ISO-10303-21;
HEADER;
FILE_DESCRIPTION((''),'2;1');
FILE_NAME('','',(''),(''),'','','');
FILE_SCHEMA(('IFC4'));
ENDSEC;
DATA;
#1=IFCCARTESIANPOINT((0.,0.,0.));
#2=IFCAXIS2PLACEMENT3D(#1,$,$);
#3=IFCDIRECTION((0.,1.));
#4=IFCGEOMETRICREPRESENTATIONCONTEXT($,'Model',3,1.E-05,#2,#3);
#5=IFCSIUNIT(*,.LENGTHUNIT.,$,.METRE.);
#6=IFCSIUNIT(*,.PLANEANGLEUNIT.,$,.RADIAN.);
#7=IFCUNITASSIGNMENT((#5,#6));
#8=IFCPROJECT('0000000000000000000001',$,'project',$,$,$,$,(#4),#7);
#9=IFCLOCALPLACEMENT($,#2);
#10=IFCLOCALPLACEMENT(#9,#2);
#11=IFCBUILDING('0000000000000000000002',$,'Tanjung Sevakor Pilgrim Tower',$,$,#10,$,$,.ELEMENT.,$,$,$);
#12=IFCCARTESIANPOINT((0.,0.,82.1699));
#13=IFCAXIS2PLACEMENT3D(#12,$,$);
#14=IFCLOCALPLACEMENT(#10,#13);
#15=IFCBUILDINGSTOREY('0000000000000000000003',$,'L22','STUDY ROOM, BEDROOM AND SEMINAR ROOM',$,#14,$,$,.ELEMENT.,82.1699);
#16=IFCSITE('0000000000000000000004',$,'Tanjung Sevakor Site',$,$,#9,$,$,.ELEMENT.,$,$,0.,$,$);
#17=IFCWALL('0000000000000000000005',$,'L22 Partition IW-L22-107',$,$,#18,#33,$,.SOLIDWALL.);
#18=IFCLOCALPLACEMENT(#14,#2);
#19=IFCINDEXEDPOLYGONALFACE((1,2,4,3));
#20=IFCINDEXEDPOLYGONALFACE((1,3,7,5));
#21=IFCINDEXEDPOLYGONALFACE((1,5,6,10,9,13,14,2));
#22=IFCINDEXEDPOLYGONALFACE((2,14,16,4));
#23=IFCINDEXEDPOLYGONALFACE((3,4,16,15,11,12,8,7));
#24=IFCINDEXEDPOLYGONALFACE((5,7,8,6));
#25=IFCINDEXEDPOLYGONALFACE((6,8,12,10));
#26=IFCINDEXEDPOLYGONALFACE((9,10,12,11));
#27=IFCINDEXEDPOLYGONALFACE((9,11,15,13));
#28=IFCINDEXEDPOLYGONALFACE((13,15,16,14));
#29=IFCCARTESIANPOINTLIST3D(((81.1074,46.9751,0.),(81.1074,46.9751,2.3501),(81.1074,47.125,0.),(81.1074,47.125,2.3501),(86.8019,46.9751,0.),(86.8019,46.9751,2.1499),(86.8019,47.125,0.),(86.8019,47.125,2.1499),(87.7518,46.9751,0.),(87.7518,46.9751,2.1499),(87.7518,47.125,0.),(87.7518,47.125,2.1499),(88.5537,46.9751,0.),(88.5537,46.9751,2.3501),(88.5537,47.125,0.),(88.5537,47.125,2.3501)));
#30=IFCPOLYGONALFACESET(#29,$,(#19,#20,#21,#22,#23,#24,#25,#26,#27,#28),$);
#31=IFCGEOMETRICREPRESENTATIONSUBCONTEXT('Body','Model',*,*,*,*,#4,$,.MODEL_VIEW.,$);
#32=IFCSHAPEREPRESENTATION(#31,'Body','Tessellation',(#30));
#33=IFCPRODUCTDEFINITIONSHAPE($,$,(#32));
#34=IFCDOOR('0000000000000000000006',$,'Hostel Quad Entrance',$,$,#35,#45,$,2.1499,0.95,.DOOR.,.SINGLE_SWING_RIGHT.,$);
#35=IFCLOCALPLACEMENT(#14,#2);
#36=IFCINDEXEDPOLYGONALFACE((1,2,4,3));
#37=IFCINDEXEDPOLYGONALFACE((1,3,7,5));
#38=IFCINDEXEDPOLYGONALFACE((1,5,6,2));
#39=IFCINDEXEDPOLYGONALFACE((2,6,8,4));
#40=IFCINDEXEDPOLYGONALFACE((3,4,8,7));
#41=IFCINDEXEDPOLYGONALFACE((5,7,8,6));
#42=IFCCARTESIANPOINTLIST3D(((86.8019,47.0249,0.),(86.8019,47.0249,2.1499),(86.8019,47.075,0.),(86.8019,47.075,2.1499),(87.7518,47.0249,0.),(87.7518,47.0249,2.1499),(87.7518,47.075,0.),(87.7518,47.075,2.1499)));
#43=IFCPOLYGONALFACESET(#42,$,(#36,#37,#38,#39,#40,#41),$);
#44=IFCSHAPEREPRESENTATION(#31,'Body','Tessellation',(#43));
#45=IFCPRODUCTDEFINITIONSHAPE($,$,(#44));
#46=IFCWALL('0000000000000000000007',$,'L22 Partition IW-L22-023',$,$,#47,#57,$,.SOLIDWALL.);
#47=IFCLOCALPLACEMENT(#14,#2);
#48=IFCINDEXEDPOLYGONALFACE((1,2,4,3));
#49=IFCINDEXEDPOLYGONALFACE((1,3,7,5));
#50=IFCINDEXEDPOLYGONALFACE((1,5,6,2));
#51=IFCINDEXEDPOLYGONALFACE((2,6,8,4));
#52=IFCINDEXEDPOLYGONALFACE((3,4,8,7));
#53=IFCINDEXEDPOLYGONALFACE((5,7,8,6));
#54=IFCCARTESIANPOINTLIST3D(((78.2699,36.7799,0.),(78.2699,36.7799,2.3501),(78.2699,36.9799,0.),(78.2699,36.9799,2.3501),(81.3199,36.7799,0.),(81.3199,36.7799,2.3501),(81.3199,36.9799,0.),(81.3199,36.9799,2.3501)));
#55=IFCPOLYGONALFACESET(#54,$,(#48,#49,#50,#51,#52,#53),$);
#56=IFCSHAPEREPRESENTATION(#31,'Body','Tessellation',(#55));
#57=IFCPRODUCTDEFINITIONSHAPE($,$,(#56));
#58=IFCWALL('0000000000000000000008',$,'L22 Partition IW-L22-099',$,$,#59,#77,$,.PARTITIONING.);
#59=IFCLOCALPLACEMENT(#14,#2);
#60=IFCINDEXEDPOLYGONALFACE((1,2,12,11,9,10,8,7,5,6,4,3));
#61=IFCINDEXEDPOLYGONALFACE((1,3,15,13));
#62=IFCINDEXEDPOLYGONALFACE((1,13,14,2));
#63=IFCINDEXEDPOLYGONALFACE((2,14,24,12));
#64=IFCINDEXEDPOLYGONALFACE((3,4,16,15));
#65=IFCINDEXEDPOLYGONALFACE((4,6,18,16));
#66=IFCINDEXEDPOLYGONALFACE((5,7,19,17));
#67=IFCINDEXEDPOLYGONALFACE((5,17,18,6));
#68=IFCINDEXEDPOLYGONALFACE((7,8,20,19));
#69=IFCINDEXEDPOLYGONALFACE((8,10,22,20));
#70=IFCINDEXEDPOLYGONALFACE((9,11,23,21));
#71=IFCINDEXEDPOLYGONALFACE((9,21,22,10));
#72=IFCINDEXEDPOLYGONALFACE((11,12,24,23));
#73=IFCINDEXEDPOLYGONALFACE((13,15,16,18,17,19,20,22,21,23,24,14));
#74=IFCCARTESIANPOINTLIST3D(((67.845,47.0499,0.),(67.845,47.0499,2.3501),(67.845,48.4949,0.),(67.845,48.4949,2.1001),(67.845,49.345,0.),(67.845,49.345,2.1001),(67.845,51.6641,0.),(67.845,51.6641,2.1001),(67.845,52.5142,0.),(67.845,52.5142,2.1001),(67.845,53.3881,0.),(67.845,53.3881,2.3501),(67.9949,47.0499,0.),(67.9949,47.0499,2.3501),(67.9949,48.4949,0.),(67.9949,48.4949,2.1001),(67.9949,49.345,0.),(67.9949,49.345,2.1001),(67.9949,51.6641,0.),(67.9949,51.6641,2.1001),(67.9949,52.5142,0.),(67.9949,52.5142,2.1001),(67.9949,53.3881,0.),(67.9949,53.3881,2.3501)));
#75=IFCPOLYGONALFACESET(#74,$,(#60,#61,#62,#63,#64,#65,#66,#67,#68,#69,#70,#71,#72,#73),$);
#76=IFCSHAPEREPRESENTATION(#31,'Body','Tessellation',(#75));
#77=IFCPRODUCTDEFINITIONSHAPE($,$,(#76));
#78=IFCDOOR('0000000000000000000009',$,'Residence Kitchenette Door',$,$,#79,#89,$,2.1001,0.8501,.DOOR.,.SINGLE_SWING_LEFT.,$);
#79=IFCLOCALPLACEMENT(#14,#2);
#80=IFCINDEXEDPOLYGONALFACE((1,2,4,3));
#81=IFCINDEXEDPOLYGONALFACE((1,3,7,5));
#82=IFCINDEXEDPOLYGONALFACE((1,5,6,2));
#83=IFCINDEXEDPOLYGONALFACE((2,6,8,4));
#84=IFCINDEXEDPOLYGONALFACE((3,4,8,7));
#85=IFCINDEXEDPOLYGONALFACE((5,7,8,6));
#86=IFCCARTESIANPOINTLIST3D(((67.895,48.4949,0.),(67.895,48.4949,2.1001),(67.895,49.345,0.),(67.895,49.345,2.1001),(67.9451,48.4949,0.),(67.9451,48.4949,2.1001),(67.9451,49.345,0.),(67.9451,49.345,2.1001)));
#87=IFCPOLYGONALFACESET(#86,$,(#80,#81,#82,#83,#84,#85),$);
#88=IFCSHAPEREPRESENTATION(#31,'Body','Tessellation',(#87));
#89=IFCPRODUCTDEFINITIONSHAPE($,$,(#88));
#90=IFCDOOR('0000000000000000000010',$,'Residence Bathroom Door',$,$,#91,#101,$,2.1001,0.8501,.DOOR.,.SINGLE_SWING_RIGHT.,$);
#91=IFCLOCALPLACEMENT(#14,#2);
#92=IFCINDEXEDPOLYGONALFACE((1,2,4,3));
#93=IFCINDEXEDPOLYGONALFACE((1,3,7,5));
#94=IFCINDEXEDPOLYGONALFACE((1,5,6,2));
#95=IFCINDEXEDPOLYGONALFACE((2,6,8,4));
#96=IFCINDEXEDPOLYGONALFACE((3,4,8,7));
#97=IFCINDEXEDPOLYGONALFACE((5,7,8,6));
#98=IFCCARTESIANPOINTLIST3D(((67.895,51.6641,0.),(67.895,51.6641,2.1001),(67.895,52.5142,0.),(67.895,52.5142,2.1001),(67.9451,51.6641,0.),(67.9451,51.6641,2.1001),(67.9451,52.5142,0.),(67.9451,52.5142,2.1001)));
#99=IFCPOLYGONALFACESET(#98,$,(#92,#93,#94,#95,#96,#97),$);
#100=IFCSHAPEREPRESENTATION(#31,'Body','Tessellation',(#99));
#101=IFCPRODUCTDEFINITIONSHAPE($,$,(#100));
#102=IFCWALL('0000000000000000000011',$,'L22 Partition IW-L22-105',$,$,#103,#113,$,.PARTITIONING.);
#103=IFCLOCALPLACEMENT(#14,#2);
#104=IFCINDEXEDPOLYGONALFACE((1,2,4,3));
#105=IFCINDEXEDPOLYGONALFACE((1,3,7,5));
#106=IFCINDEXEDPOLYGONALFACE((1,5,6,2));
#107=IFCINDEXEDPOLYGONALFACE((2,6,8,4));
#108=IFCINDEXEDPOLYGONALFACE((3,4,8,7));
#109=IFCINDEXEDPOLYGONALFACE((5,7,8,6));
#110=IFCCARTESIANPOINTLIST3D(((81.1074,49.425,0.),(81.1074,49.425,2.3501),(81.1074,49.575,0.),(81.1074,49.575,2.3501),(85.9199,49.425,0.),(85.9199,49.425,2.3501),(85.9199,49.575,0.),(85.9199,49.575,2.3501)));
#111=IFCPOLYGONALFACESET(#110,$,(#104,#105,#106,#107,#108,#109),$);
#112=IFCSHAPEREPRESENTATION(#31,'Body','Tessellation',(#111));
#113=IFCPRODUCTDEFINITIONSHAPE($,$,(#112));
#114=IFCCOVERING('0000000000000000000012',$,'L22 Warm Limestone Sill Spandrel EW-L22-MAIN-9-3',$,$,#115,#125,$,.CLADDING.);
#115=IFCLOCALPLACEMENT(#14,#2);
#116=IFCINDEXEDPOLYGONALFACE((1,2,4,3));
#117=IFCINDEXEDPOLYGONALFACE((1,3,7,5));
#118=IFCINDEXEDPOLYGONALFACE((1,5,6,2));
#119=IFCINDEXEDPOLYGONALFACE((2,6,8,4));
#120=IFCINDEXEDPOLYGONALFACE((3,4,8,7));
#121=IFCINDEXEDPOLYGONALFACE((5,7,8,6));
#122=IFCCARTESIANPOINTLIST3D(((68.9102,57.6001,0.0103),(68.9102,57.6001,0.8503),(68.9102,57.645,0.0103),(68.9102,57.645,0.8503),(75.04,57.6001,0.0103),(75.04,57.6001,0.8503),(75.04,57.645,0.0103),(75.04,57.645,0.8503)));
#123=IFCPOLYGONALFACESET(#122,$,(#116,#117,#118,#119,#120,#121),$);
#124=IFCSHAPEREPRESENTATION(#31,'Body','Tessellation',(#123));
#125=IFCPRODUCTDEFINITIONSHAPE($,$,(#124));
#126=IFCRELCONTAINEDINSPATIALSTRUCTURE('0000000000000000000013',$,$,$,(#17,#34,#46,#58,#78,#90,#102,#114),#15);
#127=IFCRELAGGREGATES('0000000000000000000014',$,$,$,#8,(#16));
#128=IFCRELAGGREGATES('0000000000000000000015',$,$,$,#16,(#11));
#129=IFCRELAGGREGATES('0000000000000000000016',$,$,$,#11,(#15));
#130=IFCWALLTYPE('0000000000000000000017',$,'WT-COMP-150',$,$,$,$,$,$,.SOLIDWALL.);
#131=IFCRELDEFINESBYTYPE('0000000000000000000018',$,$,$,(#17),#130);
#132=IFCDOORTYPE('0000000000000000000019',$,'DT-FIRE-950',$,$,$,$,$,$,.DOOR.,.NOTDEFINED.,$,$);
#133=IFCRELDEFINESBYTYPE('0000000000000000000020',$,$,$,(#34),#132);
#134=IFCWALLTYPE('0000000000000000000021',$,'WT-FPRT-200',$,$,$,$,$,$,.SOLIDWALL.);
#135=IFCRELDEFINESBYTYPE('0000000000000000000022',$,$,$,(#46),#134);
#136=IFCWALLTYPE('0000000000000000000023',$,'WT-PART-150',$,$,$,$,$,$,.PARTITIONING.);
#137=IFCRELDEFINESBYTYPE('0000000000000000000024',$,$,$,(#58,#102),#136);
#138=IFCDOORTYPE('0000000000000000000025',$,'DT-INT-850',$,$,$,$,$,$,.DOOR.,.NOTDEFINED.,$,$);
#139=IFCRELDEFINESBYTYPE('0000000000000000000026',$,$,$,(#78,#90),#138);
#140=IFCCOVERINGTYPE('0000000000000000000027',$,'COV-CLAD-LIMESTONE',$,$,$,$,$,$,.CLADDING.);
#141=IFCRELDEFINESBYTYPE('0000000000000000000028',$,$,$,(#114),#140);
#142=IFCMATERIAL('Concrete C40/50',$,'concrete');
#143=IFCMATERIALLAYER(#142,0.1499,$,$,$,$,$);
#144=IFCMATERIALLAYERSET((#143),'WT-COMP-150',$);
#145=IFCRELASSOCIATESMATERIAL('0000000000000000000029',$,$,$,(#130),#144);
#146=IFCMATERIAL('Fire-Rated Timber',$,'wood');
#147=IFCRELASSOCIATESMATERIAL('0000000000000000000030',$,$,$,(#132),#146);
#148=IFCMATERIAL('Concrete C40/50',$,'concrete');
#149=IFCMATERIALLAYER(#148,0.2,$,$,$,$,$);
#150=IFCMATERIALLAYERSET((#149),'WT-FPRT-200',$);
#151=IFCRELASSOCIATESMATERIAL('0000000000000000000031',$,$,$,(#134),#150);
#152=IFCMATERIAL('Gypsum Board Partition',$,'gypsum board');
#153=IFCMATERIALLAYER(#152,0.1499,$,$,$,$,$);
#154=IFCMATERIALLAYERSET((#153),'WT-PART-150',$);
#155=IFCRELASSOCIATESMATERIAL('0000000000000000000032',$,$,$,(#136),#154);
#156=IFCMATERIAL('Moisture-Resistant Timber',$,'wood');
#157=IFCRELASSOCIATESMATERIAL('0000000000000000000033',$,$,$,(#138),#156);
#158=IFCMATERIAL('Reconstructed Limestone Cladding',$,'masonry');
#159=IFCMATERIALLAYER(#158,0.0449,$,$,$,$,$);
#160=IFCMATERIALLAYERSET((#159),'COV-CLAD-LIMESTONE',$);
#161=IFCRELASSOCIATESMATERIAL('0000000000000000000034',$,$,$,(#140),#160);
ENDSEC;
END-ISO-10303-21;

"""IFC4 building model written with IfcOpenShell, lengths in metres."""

from ifc_helpers import new_model, si_unit, direction, frame, frame_2d, origin, origin_2d, place, context, subcontext, project, spatial, rectangle, extrude, material, layer, layer_set, type_object, element, fill, save


model = new_model("IFC4")

# Units and contexts
model_context = context("Model", 3, precision=1e-05, world=origin(), true_north=direction((0.0, 1.0)))
body_context = subcontext(model_context, "Body", "Model", "MODEL_VIEW")
ifc_project = project(units=[si_unit("LENGTHUNIT", "METRE"), si_unit("PLANEANGLEUNIT", "RADIAN")], contexts=[model_context])

# Site, building, storey
site_placement = place(None, origin())
site = spatial("IfcSite", under=ifc_project, at=site_placement, Name="Tanjung Sevakor Site", CompositionType="ELEMENT", RefElevation=0.0)
building_placement = place(site_placement, origin())
building = spatial("IfcBuilding", under=site, at=building_placement, Name="Tanjung Sevakor Pilgrim Tower", CompositionType="ELEMENT")
storey_placement = place(building_placement, frame((0.0, 0.0, 82.1699)))
storey = spatial("IfcBuildingStorey", under=building, at=storey_placement, Name="L22", Description="STUDY ROOM, BEDROOM AND SEMINAR ROOM", CompositionType="ELEMENT", Elevation=82.1699)

# Shared definitions
ifc_material_1 = material(Name="Concrete C40/50", Category="concrete")
ifc_layer_1 = layer(ifc_material_1, 0.1499)
ifc_layer_set_1 = layer_set([ifc_layer_1], Name="WT-COMP-150")
wall_type_1 = type_object("IfcWallType", Name="WT-COMP-150", PredefinedType="SOLIDWALL", material=ifc_layer_set_1)

# Wall, opening, door
wall_1_placement = place(storey_placement, frame((81.1074, 47.05, 0.0), z_axis=(0.0, 0.0, 1.0), x_axis=(1.0, 0.0, 0.0)))
wall_1 = element("IfcWall", 1, at=wall_1_placement, inside=storey, type_object=wall_type_1, Name="L22 Partition IW-L22-107", PredefinedType="SOLIDWALL", context=body_context, shape_type="SweptSolid", body=[
    extrude(rectangle(XDim=7.4463, YDim=0.1499, at=frame_2d((3.7231, 0.0))), origin(), (0.0, 0.0, 1.0), 2.3501),
])
opening_1_placement = place(wall_1_placement, frame((5.6943, 0.0, 0.0)))
opening_1 = element("IfcOpeningElement", 2, at=opening_1_placement, cuts=wall_1, PredefinedType="OPENING", context=body_context, shape_type="SweptSolid", body=[
    extrude(rectangle(XDim=0.95, YDim=2.1499, at=frame_2d((0.4751, 1.075))), frame((0.0, 0.085, 0.0), z_axis=(0.0, -1.0, 0.0), x_axis=(1.0, 0.0, 0.0)), (0.0, 0.0, 1.0), 0.1699),
])
ifc_material_2 = material(Name="Fire-Rated Timber", Category="wood")
door_type_1 = type_object("IfcDoorType", Name="DT-FIRE-950", OperationType="NOTDEFINED", PredefinedType="DOOR", material=ifc_material_2)
door_1_placement = place(opening_1_placement, origin())
door_1 = element("IfcDoor", 3, at=door_1_placement, inside=storey, type_object=door_type_1, Name="Hostel Quad Entrance", OperationType="SINGLE_SWING_RIGHT", OverallHeight=2.1499, OverallWidth=0.95, PredefinedType="DOOR", context=body_context, shape_type="SweptSolid", body=[
    extrude(rectangle(XDim=0.95, YDim=2.1499, at=frame_2d((0.4751, 1.075))), frame((0.0, 0.0249, 0.0), z_axis=(0.0, -1.0, 0.0), x_axis=(1.0, 0.0, 0.0)), (0.0, 0.0, 1.0), 0.05),
])
fill(opening_1, door_1)

# Wall
ifc_material_3 = material(Name="Concrete C40/50", Category="concrete")
ifc_layer_2 = layer(ifc_material_3, 0.2)
ifc_layer_set_2 = layer_set([ifc_layer_2], Name="WT-FPRT-200")
wall_type_2 = type_object("IfcWallType", Name="WT-FPRT-200", PredefinedType="SOLIDWALL", material=ifc_layer_set_2)
wall_2_placement = place(storey_placement, frame((78.27, 36.8799, 0.0), z_axis=(0.0, 0.0, 1.0), x_axis=(1.0, 0.0, 0.0)))
element("IfcWall", 4, at=wall_2_placement, inside=storey, type_object=wall_type_2, Name="L22 Partition IW-L22-023", PredefinedType="SOLIDWALL", context=body_context, shape_type="SweptSolid", body=[
    extrude(rectangle(XDim=3.05, YDim=0.2, at=frame_2d((1.5249, 0.0))), origin(), (0.0, 0.0, 1.0), 2.3501),
])

# Wall, openings, doors
ifc_material_4 = material(Name="Gypsum Board Partition", Category="gypsum board")
ifc_layer_3 = layer(ifc_material_4, 0.1499)
ifc_layer_set_3 = layer_set([ifc_layer_3], Name="WT-PART-150")
wall_type_3 = type_object("IfcWallType", Name="WT-PART-150", PredefinedType="PARTITIONING", material=ifc_layer_set_3)
wall_3_placement = place(storey_placement, frame((67.9199, 47.05, 0.0), z_axis=(0.0, 0.0, 1.0), x_axis=(0.0, 1.0, 0.0)))
wall_3 = element("IfcWall", 5, at=wall_3_placement, inside=storey, type_object=wall_type_3, Name="L22 Partition IW-L22-099", PredefinedType="PARTITIONING", context=body_context, shape_type="SweptSolid", body=[
    extrude(rectangle(XDim=6.3381, YDim=0.1499, at=frame_2d((3.1689, 0.0))), origin(), (0.0, 0.0, 1.0), 2.3501),
])
opening_2_placement = place(wall_3_placement, frame((1.4448, 0.0, 0.0)))
opening_2 = element("IfcOpeningElement", 6, at=opening_2_placement, cuts=wall_3, PredefinedType="OPENING", context=body_context, shape_type="SweptSolid", body=[
    extrude(rectangle(XDim=0.8501, YDim=2.1001, at=frame_2d((0.425, 1.05))), frame((0.0, 0.085, 0.0), z_axis=(0.0, -1.0, 0.0), x_axis=(1.0, 0.0, 0.0)), (0.0, 0.0, 1.0), 0.1699),
])
opening_3_placement = place(wall_3_placement, frame((4.614, 0.0, 0.0)))
opening_3 = element("IfcOpeningElement", 7, at=opening_3_placement, cuts=wall_3, PredefinedType="OPENING", context=body_context, shape_type="SweptSolid", body=[
    extrude(rectangle(XDim=0.8501, YDim=2.1001, at=frame_2d((0.425, 1.05))), frame((0.0, 0.085, 0.0), z_axis=(0.0, -1.0, 0.0), x_axis=(1.0, 0.0, 0.0)), (0.0, 0.0, 1.0), 0.1699),
])
ifc_material_5 = material(Name="Moisture-Resistant Timber", Category="wood")
door_type_2 = type_object("IfcDoorType", Name="DT-INT-850", OperationType="NOTDEFINED", PredefinedType="DOOR", material=ifc_material_5)
door_2_placement = place(opening_2_placement, origin())
door_2 = element("IfcDoor", 8, at=door_2_placement, inside=storey, type_object=door_type_2, Name="Residence Kitchenette Door", OperationType="SINGLE_SWING_LEFT", OverallHeight=2.1001, OverallWidth=0.8501, PredefinedType="DOOR", context=body_context, shape_type="SweptSolid", body=[
    extrude(rectangle(XDim=0.8501, YDim=2.1001, at=frame_2d((0.425, 1.05))), frame((0.0, 0.0249, 0.0), z_axis=(0.0, -1.0, 0.0), x_axis=(1.0, 0.0, 0.0)), (0.0, 0.0, 1.0), 0.05),
])
fill(opening_2, door_2)
door_3_placement = place(opening_3_placement, origin())
door_3 = element("IfcDoor", 9, at=door_3_placement, inside=storey, type_object=door_type_2, Name="Residence Bathroom Door", OperationType="SINGLE_SWING_RIGHT", OverallHeight=2.1001, OverallWidth=0.8501, PredefinedType="DOOR", context=body_context, shape_type="SweptSolid", body=[
    extrude(rectangle(XDim=0.8501, YDim=2.1001, at=frame_2d((0.425, 1.05))), frame((0.0, 0.0249, 0.0), z_axis=(0.0, -1.0, 0.0), x_axis=(1.0, 0.0, 0.0)), (0.0, 0.0, 1.0), 0.05),
])
fill(opening_3, door_3)

# Wall
wall_4_placement = place(storey_placement, frame((81.1074, 49.5, 0.0), z_axis=(0.0, 0.0, 1.0), x_axis=(1.0, 0.0, 0.0)))
element("IfcWall", 10, at=wall_4_placement, inside=storey, type_object=wall_type_3, Name="L22 Partition IW-L22-105", PredefinedType="PARTITIONING", context=body_context, shape_type="SweptSolid", body=[
    extrude(rectangle(XDim=4.8125, YDim=0.1499, at=frame_2d((2.4062, 0.0))), origin(), (0.0, 0.0, 1.0), 2.3501),
])

# Covering
ifc_material_6 = material(Name="Reconstructed Limestone Cladding", Category="masonry")
ifc_layer_4 = layer(ifc_material_6, 0.0449)
ifc_layer_set_4 = layer_set([ifc_layer_4], Name="COV-CLAD-LIMESTONE")
covering_type = type_object("IfcCoveringType", Name="COV-CLAD-LIMESTONE", PredefinedType="CLADDING", material=ifc_layer_set_4)
covering_placement = place(storey_placement, frame((71.9751, 57.6226, 0.0103), z_axis=(0.0, 0.0, 1.0), x_axis=(-1.0, 0.0, 0.0)))
element("IfcCovering", 11, at=covering_placement, inside=storey, type_object=covering_type, Name="L22 Warm Limestone Sill Spandrel EW-L22-MAIN-9-3", PredefinedType="CLADDING", context=body_context, shape_type="SweptSolid", body=[
    extrude(rectangle(XDim=6.1299, YDim=0.0449, at=origin_2d()), origin(), (0.0, 0.0, 1.0), 0.8401),
])

save(model, "model.ifc")
